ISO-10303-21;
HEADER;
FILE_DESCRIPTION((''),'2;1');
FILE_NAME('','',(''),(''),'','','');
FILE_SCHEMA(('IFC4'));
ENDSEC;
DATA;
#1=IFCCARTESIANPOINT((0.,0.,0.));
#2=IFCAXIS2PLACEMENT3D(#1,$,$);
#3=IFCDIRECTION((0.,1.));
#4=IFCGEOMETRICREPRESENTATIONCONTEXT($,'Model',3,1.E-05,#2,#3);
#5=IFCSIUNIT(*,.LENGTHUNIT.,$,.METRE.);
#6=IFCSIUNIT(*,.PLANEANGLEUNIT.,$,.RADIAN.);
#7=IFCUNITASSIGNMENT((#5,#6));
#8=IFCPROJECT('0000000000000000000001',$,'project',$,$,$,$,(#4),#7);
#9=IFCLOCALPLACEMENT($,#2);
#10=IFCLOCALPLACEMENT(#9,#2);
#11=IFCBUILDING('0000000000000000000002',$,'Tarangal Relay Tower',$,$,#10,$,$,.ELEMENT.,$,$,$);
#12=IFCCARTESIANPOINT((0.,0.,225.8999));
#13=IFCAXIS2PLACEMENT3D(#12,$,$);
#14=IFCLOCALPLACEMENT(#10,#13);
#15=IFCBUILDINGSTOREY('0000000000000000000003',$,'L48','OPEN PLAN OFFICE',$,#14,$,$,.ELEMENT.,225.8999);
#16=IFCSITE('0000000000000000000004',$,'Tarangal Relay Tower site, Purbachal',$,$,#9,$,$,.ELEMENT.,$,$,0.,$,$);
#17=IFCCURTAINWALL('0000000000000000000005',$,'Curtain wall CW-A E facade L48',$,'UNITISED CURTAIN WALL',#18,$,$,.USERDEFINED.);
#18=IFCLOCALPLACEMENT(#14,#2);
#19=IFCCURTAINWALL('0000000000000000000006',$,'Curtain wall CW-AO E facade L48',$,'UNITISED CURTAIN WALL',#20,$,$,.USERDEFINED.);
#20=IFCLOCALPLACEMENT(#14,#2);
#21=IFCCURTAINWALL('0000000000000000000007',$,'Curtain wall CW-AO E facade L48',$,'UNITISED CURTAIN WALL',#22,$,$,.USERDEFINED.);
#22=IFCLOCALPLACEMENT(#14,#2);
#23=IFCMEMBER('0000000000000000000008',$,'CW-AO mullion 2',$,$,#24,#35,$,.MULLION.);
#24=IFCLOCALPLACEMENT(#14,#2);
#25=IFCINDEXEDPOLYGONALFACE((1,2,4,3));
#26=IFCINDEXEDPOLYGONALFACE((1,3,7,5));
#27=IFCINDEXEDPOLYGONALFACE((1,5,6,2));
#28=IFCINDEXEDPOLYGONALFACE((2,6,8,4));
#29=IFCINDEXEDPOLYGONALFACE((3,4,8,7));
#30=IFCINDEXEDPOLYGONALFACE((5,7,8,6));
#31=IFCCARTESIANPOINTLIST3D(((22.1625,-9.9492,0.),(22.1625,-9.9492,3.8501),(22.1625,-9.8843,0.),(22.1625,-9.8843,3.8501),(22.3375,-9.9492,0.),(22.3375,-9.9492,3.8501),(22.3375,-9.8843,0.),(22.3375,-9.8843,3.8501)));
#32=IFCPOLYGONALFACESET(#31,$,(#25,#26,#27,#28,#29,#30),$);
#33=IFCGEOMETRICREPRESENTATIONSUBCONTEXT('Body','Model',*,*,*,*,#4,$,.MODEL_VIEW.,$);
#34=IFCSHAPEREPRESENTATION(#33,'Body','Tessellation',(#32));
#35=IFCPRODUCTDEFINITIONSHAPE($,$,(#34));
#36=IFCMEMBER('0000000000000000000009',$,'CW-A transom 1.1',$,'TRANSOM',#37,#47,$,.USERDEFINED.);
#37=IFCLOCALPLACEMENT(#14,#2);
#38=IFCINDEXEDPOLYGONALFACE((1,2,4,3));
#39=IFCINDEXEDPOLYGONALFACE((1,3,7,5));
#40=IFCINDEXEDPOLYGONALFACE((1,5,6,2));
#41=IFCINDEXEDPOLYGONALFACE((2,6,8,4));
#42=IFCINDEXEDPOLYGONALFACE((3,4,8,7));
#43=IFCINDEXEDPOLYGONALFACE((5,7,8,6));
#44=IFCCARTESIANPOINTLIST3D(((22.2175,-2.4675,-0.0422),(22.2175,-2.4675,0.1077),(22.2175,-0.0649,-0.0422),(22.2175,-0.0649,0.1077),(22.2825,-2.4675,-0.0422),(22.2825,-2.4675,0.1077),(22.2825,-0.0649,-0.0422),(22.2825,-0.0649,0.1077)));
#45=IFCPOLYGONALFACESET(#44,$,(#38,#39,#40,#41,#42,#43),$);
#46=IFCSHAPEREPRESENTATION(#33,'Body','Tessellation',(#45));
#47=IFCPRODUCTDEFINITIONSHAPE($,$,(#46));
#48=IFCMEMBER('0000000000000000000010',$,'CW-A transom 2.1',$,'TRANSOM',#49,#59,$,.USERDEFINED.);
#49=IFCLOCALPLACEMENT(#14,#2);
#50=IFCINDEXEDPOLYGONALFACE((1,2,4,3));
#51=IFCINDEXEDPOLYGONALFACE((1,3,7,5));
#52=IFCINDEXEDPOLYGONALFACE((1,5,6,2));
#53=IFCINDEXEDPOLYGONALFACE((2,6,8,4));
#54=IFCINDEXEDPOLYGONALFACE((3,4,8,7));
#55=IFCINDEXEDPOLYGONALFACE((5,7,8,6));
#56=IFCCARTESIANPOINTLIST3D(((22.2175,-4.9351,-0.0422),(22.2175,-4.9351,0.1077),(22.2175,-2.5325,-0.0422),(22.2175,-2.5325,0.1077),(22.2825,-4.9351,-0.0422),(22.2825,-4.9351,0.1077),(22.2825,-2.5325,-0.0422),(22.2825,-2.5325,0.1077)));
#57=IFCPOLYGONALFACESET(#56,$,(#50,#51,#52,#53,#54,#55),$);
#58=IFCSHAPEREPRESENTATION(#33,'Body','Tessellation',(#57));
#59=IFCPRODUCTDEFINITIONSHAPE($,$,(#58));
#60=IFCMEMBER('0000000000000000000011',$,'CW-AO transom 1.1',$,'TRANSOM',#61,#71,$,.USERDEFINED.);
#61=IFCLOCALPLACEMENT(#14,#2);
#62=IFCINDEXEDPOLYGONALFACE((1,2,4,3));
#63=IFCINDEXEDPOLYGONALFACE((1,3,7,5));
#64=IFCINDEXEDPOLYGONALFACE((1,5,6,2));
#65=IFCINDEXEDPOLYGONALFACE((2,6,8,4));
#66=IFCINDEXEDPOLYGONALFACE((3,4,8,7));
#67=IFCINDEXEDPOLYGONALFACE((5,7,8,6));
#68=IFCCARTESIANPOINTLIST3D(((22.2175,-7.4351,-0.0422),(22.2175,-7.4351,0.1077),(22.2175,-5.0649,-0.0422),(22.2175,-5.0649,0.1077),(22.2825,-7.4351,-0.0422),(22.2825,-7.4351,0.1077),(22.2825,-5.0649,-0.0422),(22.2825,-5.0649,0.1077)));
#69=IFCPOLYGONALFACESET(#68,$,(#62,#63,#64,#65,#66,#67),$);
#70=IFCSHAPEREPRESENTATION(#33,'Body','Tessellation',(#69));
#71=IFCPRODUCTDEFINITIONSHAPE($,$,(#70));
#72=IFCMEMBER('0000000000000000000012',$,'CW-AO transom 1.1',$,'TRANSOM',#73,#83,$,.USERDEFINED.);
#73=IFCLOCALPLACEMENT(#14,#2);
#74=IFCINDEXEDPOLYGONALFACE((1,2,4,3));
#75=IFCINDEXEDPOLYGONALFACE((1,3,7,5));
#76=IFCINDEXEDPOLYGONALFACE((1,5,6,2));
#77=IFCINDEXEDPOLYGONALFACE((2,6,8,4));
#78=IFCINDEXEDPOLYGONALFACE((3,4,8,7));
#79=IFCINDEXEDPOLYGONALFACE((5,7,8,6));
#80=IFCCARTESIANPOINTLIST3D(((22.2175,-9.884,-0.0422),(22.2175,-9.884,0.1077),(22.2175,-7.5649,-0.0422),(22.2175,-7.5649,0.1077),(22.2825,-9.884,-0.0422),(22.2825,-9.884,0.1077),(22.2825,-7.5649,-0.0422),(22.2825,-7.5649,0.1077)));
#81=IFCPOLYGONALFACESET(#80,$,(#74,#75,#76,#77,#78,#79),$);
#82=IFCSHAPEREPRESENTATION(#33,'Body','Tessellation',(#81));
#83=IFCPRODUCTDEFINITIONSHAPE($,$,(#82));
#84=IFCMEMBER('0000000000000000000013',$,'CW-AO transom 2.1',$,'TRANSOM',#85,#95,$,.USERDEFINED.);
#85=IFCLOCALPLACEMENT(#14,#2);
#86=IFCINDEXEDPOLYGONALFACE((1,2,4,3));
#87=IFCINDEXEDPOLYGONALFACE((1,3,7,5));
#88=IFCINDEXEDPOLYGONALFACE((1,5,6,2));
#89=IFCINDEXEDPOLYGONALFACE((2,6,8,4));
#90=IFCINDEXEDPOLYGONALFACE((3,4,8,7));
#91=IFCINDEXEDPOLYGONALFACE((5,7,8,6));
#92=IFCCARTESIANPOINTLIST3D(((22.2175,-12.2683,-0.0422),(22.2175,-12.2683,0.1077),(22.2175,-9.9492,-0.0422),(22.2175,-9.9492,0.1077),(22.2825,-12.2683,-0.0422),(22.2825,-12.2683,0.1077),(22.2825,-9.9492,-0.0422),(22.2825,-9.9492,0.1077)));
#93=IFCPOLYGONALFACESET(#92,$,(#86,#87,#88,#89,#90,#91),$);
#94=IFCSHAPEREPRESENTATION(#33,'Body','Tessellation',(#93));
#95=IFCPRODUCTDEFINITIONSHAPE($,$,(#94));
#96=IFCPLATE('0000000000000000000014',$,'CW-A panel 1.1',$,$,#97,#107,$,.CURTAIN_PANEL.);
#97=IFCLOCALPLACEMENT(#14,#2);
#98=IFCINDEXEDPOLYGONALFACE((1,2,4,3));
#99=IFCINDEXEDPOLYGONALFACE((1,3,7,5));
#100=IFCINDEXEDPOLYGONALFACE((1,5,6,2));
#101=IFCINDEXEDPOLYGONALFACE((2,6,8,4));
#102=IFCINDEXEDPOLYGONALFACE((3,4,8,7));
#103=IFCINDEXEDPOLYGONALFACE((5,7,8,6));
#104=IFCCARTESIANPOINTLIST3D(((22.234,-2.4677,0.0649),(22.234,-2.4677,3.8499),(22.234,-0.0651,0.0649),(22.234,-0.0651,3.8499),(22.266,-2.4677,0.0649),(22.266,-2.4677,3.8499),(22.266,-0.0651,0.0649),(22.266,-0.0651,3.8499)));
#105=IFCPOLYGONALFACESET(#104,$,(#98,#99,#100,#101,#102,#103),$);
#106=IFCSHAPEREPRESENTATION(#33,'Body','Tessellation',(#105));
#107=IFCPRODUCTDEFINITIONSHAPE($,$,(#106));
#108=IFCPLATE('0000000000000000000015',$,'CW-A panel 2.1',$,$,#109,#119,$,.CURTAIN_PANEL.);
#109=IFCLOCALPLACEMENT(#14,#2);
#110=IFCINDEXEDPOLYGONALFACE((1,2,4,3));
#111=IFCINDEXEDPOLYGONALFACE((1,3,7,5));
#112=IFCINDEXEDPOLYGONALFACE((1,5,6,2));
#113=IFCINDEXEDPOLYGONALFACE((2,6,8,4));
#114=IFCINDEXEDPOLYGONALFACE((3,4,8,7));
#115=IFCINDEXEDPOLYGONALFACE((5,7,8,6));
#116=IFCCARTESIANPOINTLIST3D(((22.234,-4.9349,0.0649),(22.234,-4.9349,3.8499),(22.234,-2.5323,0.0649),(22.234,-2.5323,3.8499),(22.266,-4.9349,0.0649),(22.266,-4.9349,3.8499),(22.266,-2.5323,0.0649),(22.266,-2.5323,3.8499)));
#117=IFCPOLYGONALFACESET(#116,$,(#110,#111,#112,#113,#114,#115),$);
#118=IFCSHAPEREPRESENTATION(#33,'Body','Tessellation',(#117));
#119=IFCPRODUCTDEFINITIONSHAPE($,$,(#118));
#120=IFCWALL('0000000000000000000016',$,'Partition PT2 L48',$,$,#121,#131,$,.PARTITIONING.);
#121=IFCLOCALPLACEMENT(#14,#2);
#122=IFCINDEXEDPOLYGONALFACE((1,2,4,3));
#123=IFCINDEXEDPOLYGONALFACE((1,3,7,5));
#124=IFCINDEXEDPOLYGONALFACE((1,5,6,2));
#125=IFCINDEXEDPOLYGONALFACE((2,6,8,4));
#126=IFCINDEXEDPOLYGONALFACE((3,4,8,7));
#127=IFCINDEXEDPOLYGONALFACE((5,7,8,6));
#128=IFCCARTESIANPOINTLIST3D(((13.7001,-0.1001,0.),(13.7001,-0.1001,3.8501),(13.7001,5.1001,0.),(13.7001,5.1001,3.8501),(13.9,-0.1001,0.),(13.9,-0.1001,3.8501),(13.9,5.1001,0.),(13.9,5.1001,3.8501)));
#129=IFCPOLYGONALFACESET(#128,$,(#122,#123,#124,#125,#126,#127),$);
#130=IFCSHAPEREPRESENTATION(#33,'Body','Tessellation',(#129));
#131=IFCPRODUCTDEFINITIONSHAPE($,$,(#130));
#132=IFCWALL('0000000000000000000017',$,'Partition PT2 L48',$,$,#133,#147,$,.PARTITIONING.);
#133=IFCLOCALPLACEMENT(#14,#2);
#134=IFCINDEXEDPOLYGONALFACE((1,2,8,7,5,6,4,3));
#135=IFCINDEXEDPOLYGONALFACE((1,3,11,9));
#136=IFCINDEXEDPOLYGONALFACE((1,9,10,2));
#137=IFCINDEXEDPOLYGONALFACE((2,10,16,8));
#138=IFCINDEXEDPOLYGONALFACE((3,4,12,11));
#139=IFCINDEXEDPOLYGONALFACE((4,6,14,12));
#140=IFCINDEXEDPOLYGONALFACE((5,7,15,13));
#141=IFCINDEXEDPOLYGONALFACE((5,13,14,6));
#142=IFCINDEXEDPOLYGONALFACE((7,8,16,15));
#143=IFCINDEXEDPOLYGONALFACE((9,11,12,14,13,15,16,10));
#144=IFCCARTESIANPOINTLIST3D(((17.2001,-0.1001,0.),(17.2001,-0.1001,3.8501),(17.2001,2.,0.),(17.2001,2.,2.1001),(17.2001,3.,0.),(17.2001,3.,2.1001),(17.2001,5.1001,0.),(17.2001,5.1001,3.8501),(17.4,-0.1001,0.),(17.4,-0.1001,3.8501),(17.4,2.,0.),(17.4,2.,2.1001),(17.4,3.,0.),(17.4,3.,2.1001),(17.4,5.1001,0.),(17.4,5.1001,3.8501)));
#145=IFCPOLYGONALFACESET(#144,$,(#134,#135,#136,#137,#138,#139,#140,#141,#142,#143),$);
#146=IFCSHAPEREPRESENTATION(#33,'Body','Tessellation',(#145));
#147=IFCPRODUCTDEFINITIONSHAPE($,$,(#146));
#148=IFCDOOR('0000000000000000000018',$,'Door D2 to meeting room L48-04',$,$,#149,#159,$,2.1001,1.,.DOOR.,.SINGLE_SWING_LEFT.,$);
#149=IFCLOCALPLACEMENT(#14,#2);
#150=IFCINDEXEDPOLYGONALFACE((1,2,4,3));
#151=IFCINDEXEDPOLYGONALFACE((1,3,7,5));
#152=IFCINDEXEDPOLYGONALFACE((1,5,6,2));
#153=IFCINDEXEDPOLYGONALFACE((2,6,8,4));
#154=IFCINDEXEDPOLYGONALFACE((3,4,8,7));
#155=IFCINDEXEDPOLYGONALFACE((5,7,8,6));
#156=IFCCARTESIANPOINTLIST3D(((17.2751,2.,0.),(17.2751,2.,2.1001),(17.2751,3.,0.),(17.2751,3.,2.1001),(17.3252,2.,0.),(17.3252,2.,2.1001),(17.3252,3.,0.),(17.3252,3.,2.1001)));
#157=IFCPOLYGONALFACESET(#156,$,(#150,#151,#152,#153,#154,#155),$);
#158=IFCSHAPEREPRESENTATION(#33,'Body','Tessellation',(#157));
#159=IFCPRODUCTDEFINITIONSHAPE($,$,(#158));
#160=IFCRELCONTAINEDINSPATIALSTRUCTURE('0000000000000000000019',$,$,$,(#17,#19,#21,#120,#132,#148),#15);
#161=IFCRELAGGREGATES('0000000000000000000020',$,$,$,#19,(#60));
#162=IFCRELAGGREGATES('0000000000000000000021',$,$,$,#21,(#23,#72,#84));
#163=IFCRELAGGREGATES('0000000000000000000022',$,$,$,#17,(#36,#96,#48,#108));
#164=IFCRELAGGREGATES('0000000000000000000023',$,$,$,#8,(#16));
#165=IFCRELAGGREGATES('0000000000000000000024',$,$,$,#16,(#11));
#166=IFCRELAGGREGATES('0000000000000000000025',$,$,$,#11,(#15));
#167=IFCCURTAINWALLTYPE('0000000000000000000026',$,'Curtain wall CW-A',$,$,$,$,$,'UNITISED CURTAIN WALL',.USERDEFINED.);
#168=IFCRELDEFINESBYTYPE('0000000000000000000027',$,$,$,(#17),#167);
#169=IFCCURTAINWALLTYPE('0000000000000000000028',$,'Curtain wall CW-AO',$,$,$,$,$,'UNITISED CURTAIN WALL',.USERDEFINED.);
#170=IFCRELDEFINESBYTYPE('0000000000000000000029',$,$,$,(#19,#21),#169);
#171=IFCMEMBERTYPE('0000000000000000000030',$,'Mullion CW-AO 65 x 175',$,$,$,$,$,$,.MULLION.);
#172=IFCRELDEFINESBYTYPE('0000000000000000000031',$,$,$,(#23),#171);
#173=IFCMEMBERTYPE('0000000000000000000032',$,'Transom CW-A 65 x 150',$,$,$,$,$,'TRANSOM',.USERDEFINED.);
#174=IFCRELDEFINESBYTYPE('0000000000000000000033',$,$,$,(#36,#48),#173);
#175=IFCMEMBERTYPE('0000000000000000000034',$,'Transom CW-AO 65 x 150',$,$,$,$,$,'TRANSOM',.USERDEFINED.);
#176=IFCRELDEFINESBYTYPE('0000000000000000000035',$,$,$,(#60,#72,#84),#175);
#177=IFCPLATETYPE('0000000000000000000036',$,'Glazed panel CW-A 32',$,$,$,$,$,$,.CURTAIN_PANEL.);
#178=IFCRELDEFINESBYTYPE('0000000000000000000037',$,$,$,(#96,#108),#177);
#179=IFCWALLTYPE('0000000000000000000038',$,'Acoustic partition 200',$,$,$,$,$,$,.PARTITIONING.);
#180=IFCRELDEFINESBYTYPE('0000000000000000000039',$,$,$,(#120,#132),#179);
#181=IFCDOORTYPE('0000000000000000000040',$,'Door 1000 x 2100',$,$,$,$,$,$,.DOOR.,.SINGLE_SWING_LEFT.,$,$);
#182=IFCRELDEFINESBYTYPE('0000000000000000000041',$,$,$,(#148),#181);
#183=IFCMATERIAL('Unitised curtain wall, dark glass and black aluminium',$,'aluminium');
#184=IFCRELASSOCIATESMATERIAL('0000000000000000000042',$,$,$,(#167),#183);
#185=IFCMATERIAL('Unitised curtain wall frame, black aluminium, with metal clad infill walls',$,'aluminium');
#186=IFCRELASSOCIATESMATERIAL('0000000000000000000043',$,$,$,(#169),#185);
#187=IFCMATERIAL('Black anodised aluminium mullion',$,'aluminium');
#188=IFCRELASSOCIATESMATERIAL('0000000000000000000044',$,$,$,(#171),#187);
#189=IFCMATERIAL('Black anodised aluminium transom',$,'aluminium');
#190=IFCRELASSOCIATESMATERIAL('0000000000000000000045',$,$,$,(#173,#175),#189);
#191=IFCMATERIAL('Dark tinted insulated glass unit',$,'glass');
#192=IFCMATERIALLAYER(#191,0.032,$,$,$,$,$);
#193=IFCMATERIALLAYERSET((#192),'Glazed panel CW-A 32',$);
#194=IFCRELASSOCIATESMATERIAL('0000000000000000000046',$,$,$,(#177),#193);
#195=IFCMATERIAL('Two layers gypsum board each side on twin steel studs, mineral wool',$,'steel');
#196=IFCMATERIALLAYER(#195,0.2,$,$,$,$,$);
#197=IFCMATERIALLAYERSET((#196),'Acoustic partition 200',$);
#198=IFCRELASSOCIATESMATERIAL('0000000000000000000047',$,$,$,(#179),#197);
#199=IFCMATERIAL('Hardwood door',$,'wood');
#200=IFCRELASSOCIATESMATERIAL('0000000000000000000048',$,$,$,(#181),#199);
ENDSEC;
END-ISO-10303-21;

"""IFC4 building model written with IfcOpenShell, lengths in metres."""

from ifc_helpers import new_model, si_unit, direction, frame, frame_2d, origin, origin_2d, place, context, subcontext, project, spatial, rectangle, extrude, material, layer, layer_set, material_profile, profile_set, type_object, element, fill, aggregate, save


model = new_model("IFC4")

# Units and contexts
model_context = context("Model", 3, precision=1e-05, world=origin(), true_north=direction((0.0, 1.0)))
body_context = subcontext(model_context, "Body", "Model", "MODEL_VIEW")
ifc_project = project(units=[si_unit("LENGTHUNIT", "METRE"), si_unit("PLANEANGLEUNIT", "RADIAN")], contexts=[model_context])

# Site, building, storey
site_placement = place(None, origin())
site = spatial("IfcSite", under=ifc_project, at=site_placement, Name="Tarangal Relay Tower site, Purbachal", CompositionType="ELEMENT", RefElevation=0.0)
building_placement = place(site_placement, origin())
building = spatial("IfcBuilding", under=site, at=building_placement, Name="Tarangal Relay Tower", CompositionType="ELEMENT")
storey_placement = place(building_placement, frame((0.0, 0.0, 225.8999)))
storey = spatial("IfcBuildingStorey", under=building, at=storey_placement, Name="L48", Description="OPEN PLAN OFFICE", CompositionType="ELEMENT", Elevation=225.8999)

# Curtain walls, member
ifc_material_1 = material(Name="Unitised curtain wall, dark glass and black aluminium", Category="aluminium")
curtain_wall_type_1 = type_object("IfcCurtainWallType", Name="Curtain wall CW-A", ElementType="UNITISED CURTAIN WALL", PredefinedType="USERDEFINED", material=ifc_material_1)
curtain_wall_1_placement = place(storey_placement, origin())
curtain_wall_1 = element("IfcCurtainWall", 1, at=curtain_wall_1_placement, inside=storey, type_object=curtain_wall_type_1, Name="Curtain wall CW-A E facade L48", ObjectType="UNITISED CURTAIN WALL", PredefinedType="USERDEFINED")
ifc_material_2 = material(Name="Black anodised aluminium mullion", Category="aluminium")
ifc_material_3 = material(Name="Unitised curtain wall frame, black aluminium, with metal clad infill walls", Category="aluminium")
curtain_wall_type_2 = type_object("IfcCurtainWallType", Name="Curtain wall CW-AO", ElementType="UNITISED CURTAIN WALL", PredefinedType="USERDEFINED", material=ifc_material_3)
curtain_wall_2_placement = place(storey_placement, origin())
curtain_wall_2 = element("IfcCurtainWall", 2, at=curtain_wall_2_placement, inside=storey, type_object=curtain_wall_type_2, Name="Curtain wall CW-AO E facade L48", ObjectType="UNITISED CURTAIN WALL", PredefinedType="USERDEFINED")
ifc_material_profile_1 = material_profile(ifc_material_2, rectangle(XDim=0.175, YDim=0.0649, at=origin_2d()), Name="CW-AOM 65X175")
ifc_profile_set_1 = profile_set([ifc_material_profile_1], Name="Black anodised aluminium mullion")
member_type_1 = type_object("IfcMemberType", Name="Mullion CW-AO 65 x 175", PredefinedType="MULLION", material=ifc_profile_set_1)
curtain_wall_3_placement = place(storey_placement, origin())
curtain_wall_3 = element("IfcCurtainWall", 3, at=curtain_wall_3_placement, inside=storey, type_object=curtain_wall_type_2, Name="Curtain wall CW-AO E facade L48", ObjectType="UNITISED CURTAIN WALL", PredefinedType="USERDEFINED")
member_1_placement = place(storey_placement, frame((22.25, -9.9167, 0.0), z_axis=(0.0, 0.0, 1.0), x_axis=(1.0, 0.0, 0.0)))
member_1 = element("IfcMember", 4, at=member_1_placement, type_object=member_type_1, Name="CW-AO mullion 2", PredefinedType="MULLION", context=body_context, shape_type="SweptSolid", body=[
    extrude(rectangle(XDim=0.175, YDim=0.0649, at=origin_2d()), origin(), (0.0, 0.0, 1.0), 3.8501),
])

# Members
ifc_material_4 = material(Name="Black anodised aluminium transom", Category="aluminium")
ifc_material_profile_2 = material_profile(ifc_material_4, rectangle(XDim=0.0649, YDim=0.1499, at=origin_2d()), Name="CW-AT 65X150")
ifc_profile_set_2 = profile_set([ifc_material_profile_2], Name="Black anodised aluminium transom")
member_type_2 = type_object("IfcMemberType", Name="Transom CW-A 65 x 150", ElementType="TRANSOM", PredefinedType="USERDEFINED", material=ifc_profile_set_2)
member_2_placement = place(storey_placement, frame((22.25, -0.0649, 0.0327), z_axis=(0.0, -1.0, 0.0), x_axis=(1.0, 0.0, 0.0)))
member_2 = element("IfcMember", 5, at=member_2_placement, type_object=member_type_2, Name="CW-A transom 1.1", ObjectType="TRANSOM", PredefinedType="USERDEFINED", context=body_context, shape_type="SweptSolid", body=[
    extrude(rectangle(XDim=0.0649, YDim=0.1499, at=origin_2d()), origin(), (0.0, 0.0, 1.0), 2.4026),
])
member_3_placement = place(storey_placement, frame((22.25, -2.5325, 0.0327), z_axis=(0.0, -1.0, 0.0), x_axis=(1.0, 0.0, 0.0)))
member_3 = element("IfcMember", 6, at=member_3_placement, type_object=member_type_2, Name="CW-A transom 2.1", ObjectType="TRANSOM", PredefinedType="USERDEFINED", context=body_context, shape_type="SweptSolid", body=[
    extrude(rectangle(XDim=0.0649, YDim=0.1499, at=origin_2d()), origin(), (0.0, 0.0, 1.0), 2.4026),
])
ifc_material_profile_3 = material_profile(ifc_material_4, rectangle(XDim=0.0649, YDim=0.1499, at=origin_2d()), Name="CW-AOT 65X150")
ifc_profile_set_3 = profile_set([ifc_material_profile_3], Name="Black anodised aluminium transom")
member_type_3 = type_object("IfcMemberType", Name="Transom CW-AO 65 x 150", ElementType="TRANSOM", PredefinedType="USERDEFINED", material=ifc_profile_set_3)
member_4_placement = place(storey_placement, frame((22.25, -5.0649, 0.0327), z_axis=(0.0, -1.0, 0.0), x_axis=(1.0, 0.0, 0.0)))
member_4 = element("IfcMember", 7, at=member_4_placement, type_object=member_type_3, Name="CW-AO transom 1.1", ObjectType="TRANSOM", PredefinedType="USERDEFINED", context=body_context, shape_type="SweptSolid", body=[
    extrude(rectangle(XDim=0.0649, YDim=0.1499, at=origin_2d()), origin(), (0.0, 0.0, 1.0), 2.3701),
])
aggregate(curtain_wall_2, [member_4])
member_5_placement = place(storey_placement, frame((22.25, -7.5649, 0.0327), z_axis=(0.0, -1.0, 0.0), x_axis=(1.0, 0.0, 0.0)))
member_5 = element("IfcMember", 8, at=member_5_placement, type_object=member_type_3, Name="CW-AO transom 1.1", ObjectType="TRANSOM", PredefinedType="USERDEFINED", context=body_context, shape_type="SweptSolid", body=[
    extrude(rectangle(XDim=0.0649, YDim=0.1499, at=origin_2d()), origin(), (0.0, 0.0, 1.0), 2.3191),
])
member_6_placement = place(storey_placement, frame((22.25, -9.9492, 0.0327), z_axis=(0.0, -1.0, 0.0), x_axis=(1.0, 0.0, 0.0)))
member_6 = element("IfcMember", 9, at=member_6_placement, type_object=member_type_3, Name="CW-AO transom 2.1", ObjectType="TRANSOM", PredefinedType="USERDEFINED", context=body_context, shape_type="SweptSolid", body=[
    extrude(rectangle(XDim=0.0649, YDim=0.1499, at=origin_2d()), origin(), (0.0, 0.0, 1.0), 2.3191),
])
aggregate(curtain_wall_3, [member_1, member_5, member_6])

# Plates
ifc_material_5 = material(Name="Dark tinted insulated glass unit", Category="glass")
ifc_layer_1 = layer(ifc_material_5, 0.032)
ifc_layer_set_1 = layer_set([ifc_layer_1], Name="Glazed panel CW-A 32")
plate_type = type_object("IfcPlateType", Name="Glazed panel CW-A 32", PredefinedType="CURTAIN_PANEL", material=ifc_layer_set_1)
plate_1_placement = place(storey_placement, frame((22.25, -1.2664, 0.0649), z_axis=(0.0, 0.0, 1.0), x_axis=(0.0, -1.0, 0.0)))
plate_1 = element("IfcPlate", 10, at=plate_1_placement, type_object=plate_type, Name="CW-A panel 1.1", PredefinedType="CURTAIN_PANEL", context=body_context, shape_type="SweptSolid", body=[
    extrude(rectangle(XDim=2.4026, YDim=0.032, at=origin_2d()), origin(), (0.0, 0.0, 1.0), 3.7849),
])
plate_2_placement = place(storey_placement, frame((22.25, -3.7336, 0.0649), z_axis=(0.0, 0.0, 1.0), x_axis=(0.0, -1.0, 0.0)))
plate_2 = element("IfcPlate", 11, at=plate_2_placement, type_object=plate_type, Name="CW-A panel 2.1", PredefinedType="CURTAIN_PANEL", context=body_context, shape_type="SweptSolid", body=[
    extrude(rectangle(XDim=2.4026, YDim=0.032, at=origin_2d()), origin(), (0.0, 0.0, 1.0), 3.7849),
])
aggregate(curtain_wall_1, [member_2, plate_1, member_3, plate_2])

# Wall
ifc_material_6 = material(Name="Two layers gypsum board each side on twin steel studs, mineral wool", Category="steel")
ifc_layer_2 = layer(ifc_material_6, 0.2)
ifc_layer_set_2 = layer_set([ifc_layer_2], Name="Acoustic partition 200")
wall_type_1 = type_object("IfcWallType", Name="Acoustic partition 200", PredefinedType="PARTITIONING", material=ifc_layer_set_2)
wall_1_placement = place(storey_placement, frame((13.8, -0.1001, 0.0), z_axis=(0.0, 0.0, 1.0), x_axis=(0.0, 1.0, 0.0)))
element("IfcWall", 12, at=wall_1_placement, inside=storey, type_object=wall_type_1, Name="Partition PT2 L48", PredefinedType="PARTITIONING", context=body_context, shape_type="SweptSolid", body=[
    extrude(rectangle(XDim=5.2002, YDim=0.2, at=frame_2d((2.6001, 0.0))), origin(), (0.0, 0.0, 1.0), 3.8501),
])

# Wall, opening, door
wall_2_placement = place(storey_placement, frame((17.3, -0.1001, 0.0), z_axis=(0.0, 0.0, 1.0), x_axis=(0.0, 1.0, 0.0)))
wall_2 = element("IfcWall", 13, at=wall_2_placement, inside=storey, type_object=wall_type_1, Name="Partition PT2 L48", PredefinedType="PARTITIONING", context=body_context, shape_type="SweptSolid", body=[
    extrude(rectangle(XDim=5.2002, YDim=0.2, at=frame_2d((2.6001, 0.0))), origin(), (0.0, 0.0, 1.0), 3.8501),
])
opening_1_placement = place(wall_2_placement, frame((2.1001, 0.0, 0.0)))
opening_1 = element("IfcOpeningElement", 14, at=opening_1_placement, cuts=wall_2, PredefinedType="OPENING", context=body_context, shape_type="SweptSolid", body=[
    extrude(rectangle(XDim=1.0, YDim=2.1001, at=frame_2d((0.5, 1.05))), frame((0.0, 0.1099, 0.0), z_axis=(0.0, -1.0, 0.0), x_axis=(1.0, 0.0, 0.0)), (0.0, 0.0, 1.0), 0.22),
])
ifc_material_7 = material(Name="Hardwood door", Category="wood")
door_type_1 = type_object("IfcDoorType", Name="Door 1000 x 2100", OperationType="SINGLE_SWING_LEFT", PredefinedType="DOOR", material=ifc_material_7)
door_1_placement = place(opening_1_placement, origin())
door_1 = element("IfcDoor", 15, at=door_1_placement, inside=storey, type_object=door_type_1, Name="Door D2 to meeting room L48-04", OperationType="SINGLE_SWING_LEFT", OverallHeight=2.1001, OverallWidth=1.0, PredefinedType="DOOR", context=body_context, shape_type="SweptSolid", body=[
    extrude(rectangle(XDim=1.0, YDim=2.1001, at=frame_2d((0.5, 1.05))), frame((0.0, 0.0249, 0.0), z_axis=(0.0, -1.0, 0.0), x_axis=(1.0, 0.0, 0.0)), (0.0, 0.0, 1.0), 0.05),
])
fill(opening_1, door_1)

save(model, "model.ifc")
